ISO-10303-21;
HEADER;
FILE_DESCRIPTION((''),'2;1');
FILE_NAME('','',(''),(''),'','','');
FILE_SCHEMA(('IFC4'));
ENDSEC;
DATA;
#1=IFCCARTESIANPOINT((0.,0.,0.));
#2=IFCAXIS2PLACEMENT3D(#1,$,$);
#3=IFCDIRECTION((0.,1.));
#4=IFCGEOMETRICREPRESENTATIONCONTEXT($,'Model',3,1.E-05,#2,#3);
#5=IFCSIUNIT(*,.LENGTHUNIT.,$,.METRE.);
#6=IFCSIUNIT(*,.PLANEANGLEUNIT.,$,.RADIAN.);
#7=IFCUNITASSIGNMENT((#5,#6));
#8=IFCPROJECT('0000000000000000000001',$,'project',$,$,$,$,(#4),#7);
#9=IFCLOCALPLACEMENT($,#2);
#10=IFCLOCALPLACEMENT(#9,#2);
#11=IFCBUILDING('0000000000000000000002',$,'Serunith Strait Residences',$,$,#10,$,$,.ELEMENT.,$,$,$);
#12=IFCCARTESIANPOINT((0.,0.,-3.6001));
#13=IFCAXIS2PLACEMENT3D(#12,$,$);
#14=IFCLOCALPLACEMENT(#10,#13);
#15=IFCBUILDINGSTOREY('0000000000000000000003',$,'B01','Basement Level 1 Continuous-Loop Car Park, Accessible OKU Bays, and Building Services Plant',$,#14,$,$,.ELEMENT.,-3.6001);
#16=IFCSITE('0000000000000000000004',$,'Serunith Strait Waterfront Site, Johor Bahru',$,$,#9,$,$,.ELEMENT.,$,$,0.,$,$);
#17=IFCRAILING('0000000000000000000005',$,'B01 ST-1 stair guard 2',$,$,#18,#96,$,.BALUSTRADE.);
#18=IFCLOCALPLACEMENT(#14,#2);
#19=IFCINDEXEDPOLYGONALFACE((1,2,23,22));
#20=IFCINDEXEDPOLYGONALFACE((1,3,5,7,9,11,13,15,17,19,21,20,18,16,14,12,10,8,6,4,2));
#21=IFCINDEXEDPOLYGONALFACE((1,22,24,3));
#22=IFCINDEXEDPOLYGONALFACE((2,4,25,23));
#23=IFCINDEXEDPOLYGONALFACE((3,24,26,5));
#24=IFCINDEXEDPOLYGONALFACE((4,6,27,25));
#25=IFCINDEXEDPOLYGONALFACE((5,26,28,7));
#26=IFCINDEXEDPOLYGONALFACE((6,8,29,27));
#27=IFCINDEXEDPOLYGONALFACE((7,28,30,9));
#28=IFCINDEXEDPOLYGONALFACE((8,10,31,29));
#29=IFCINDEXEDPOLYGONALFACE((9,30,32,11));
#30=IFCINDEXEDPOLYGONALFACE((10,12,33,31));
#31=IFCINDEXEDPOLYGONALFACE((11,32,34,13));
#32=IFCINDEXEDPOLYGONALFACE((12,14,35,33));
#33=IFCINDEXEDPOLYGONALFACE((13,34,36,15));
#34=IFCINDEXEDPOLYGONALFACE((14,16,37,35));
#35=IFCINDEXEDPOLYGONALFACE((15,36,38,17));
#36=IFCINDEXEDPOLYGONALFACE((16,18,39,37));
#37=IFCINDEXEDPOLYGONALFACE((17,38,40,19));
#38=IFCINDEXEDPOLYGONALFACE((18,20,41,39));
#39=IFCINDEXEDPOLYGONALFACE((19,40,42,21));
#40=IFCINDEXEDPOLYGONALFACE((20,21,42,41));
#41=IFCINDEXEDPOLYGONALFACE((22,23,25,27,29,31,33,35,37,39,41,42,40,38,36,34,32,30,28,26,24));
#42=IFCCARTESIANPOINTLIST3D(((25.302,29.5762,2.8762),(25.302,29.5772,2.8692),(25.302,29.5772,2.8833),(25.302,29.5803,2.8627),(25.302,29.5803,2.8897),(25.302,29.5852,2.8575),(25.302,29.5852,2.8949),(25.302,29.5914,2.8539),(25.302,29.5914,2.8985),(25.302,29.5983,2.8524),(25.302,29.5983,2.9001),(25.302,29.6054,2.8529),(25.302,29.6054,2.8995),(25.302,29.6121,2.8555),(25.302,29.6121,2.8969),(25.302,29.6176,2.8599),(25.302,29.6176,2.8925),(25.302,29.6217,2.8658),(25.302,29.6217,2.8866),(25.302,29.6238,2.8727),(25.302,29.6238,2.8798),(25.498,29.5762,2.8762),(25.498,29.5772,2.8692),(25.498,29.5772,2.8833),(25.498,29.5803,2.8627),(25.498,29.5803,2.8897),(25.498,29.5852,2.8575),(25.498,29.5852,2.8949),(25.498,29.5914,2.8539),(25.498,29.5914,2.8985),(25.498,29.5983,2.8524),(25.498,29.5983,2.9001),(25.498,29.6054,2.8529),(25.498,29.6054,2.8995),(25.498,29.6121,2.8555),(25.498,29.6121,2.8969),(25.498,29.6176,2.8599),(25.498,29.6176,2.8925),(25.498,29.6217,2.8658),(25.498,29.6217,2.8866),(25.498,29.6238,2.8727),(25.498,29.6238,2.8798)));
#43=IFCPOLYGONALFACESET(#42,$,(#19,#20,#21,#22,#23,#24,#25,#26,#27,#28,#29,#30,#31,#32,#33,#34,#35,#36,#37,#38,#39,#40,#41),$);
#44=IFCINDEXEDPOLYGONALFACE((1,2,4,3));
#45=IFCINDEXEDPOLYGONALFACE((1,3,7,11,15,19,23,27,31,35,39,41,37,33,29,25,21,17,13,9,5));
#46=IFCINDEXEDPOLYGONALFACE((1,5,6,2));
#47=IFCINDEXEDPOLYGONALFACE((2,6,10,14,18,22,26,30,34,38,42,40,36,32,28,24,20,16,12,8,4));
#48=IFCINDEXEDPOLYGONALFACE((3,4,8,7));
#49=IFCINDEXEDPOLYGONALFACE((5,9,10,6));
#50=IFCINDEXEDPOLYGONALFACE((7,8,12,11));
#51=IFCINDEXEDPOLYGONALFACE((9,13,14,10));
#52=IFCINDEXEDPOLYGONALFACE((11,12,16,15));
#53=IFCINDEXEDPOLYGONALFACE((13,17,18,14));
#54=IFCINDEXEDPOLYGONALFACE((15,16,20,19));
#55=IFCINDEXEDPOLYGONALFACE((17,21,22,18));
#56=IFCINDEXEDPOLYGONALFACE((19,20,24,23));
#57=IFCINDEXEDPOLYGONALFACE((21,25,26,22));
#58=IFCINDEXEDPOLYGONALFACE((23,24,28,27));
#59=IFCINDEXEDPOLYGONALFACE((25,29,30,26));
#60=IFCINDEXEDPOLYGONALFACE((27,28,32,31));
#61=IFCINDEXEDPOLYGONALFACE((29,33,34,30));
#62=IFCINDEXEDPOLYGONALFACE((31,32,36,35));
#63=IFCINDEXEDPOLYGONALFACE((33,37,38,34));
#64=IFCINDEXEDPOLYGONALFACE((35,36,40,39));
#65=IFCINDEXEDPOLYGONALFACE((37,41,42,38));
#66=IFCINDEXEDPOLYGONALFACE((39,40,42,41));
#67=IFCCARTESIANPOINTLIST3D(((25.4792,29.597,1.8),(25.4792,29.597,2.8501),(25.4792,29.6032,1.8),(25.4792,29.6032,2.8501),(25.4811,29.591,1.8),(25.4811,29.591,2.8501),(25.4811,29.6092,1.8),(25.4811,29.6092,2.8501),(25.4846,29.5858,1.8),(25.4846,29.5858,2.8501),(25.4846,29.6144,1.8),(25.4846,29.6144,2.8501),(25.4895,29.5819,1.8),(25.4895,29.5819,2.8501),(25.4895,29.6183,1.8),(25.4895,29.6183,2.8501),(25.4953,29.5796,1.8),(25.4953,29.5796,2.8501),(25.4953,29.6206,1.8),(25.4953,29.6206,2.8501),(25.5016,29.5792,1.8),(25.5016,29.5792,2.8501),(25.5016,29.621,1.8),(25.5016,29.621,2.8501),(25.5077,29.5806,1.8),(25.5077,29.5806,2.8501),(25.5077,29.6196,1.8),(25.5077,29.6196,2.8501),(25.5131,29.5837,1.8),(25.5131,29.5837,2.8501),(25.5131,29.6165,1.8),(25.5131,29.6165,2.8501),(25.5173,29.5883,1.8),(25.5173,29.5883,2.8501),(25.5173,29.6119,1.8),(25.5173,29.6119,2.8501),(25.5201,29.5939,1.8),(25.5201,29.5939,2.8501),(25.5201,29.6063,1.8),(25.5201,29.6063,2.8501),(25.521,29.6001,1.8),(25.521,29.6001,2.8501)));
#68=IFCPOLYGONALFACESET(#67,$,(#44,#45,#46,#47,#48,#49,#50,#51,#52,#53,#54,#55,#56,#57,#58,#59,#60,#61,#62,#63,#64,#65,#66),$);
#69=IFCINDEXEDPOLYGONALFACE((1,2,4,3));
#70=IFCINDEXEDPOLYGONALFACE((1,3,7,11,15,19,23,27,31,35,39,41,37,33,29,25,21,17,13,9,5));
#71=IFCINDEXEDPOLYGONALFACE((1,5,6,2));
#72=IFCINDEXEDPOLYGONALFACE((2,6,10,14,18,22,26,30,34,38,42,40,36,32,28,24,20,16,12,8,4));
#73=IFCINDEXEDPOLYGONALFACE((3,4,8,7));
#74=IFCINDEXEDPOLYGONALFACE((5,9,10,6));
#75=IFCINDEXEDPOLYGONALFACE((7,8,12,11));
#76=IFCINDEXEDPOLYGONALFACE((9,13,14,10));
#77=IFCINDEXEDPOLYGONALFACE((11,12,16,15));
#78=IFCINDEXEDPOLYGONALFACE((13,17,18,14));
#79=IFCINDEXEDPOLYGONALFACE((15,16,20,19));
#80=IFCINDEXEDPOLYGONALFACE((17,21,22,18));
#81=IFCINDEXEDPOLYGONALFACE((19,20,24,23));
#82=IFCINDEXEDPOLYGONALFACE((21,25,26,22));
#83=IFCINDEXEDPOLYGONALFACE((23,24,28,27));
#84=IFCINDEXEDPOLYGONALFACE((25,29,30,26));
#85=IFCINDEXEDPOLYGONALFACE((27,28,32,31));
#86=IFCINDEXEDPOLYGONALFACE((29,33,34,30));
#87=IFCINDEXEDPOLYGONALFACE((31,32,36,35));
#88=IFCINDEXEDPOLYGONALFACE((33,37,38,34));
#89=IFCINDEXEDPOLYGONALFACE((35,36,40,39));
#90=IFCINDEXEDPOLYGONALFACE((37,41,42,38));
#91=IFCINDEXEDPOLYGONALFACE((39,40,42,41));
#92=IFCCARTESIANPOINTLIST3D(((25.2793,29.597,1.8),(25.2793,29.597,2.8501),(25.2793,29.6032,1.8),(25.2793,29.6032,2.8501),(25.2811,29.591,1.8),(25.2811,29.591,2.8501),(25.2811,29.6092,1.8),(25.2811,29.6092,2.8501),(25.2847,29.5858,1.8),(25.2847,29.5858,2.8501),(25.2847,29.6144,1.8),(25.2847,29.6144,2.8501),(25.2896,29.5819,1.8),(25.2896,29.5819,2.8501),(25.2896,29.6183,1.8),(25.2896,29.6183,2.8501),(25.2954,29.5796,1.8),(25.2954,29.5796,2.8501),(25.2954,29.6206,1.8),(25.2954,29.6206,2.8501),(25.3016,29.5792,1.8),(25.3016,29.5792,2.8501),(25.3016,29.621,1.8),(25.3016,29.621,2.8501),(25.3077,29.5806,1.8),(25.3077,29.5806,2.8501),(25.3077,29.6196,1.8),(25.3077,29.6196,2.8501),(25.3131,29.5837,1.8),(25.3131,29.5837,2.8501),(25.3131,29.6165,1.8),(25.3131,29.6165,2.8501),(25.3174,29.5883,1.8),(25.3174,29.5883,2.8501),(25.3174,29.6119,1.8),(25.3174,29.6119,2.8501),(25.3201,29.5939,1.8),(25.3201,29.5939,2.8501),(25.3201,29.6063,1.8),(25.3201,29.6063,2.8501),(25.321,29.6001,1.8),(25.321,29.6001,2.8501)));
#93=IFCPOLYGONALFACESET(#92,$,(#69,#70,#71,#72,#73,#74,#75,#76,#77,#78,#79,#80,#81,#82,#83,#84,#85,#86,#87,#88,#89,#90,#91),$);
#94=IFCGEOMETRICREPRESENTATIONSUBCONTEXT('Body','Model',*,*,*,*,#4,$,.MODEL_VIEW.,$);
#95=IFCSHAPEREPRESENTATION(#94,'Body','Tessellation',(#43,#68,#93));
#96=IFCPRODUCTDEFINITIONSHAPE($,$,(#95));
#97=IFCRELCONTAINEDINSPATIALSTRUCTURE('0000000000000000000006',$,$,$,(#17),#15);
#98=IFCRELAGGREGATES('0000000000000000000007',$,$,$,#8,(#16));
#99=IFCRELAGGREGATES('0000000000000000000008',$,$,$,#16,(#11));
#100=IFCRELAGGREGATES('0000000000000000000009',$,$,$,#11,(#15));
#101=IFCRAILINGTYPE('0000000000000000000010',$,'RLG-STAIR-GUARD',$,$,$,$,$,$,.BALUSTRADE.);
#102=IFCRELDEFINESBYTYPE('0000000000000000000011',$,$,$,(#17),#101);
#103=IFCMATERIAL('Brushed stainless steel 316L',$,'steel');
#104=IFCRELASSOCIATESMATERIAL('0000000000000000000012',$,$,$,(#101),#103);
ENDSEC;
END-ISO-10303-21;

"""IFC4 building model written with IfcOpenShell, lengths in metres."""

from ifc_helpers import new_model, si_unit, direction, frame, origin, origin_2d, place, context, subcontext, project, spatial, circle, extrude, material, type_object, element, save


model = new_model("IFC4")

# Units and contexts
model_context = context("Model", 3, precision=1e-05, world=origin(), true_north=direction((0.0, 1.0)))
body_context = subcontext(model_context, "Body", "Model", "MODEL_VIEW")
ifc_project = project(units=[si_unit("LENGTHUNIT", "METRE"), si_unit("PLANEANGLEUNIT", "RADIAN")], contexts=[model_context])

# Site, building, storey
site_placement = place(None, origin())
site = spatial("IfcSite", under=ifc_project, at=site_placement, Name="Serunith Strait Waterfront Site, Johor Bahru", CompositionType="ELEMENT", RefElevation=0.0)
building_placement = place(site_placement, origin())
building = spatial("IfcBuilding", under=site, at=building_placement, Name="Serunith Strait Residences", CompositionType="ELEMENT")
storey_placement = place(building_placement, frame((0.0, 0.0, -3.6001)))
storey = spatial("IfcBuildingStorey", under=building, at=storey_placement, Name="B01", Description="Basement Level 1 Continuous-Loop Car Park, Accessible OKU Bays, and Building Services Plant", CompositionType="ELEMENT", Elevation=-3.6001)

# Railing
ifc_material_1 = material(Name="Brushed stainless steel 316L", Category="steel")
railing_type_1 = type_object("IfcRailingType", Name="RLG-STAIR-GUARD", PredefinedType="BALUSTRADE", material=ifc_material_1)
railing_1_placement = place(storey_placement, frame((25.5, 29.6001, 1.8)))
element("IfcRailing", 1, at=railing_1_placement, inside=storey, type_object=railing_type_1, Name="B01 ST-1 stair guard 2", PredefinedType="BALUSTRADE", context=body_context, shape_type="SweptSolid", body=[
    extrude(circle(Radius=0.0239, at=origin_2d()), frame((-0.002, 0.0, 1.0762), z_axis=(-1.0, 0.0, 0.0), x_axis=(0.0, -1.0, 0.0)), (0.0, 0.0, 1.0), 0.196),
    extrude(circle(Radius=0.021, at=origin_2d()), origin(), (0.0, 0.0, 1.0), 1.05),
    extrude(circle(Radius=0.021, at=origin_2d()), frame((-0.2, 0.0, 0.0)), (0.0, 0.0, 1.0), 1.05),
])

save(model, "model.ifc")
